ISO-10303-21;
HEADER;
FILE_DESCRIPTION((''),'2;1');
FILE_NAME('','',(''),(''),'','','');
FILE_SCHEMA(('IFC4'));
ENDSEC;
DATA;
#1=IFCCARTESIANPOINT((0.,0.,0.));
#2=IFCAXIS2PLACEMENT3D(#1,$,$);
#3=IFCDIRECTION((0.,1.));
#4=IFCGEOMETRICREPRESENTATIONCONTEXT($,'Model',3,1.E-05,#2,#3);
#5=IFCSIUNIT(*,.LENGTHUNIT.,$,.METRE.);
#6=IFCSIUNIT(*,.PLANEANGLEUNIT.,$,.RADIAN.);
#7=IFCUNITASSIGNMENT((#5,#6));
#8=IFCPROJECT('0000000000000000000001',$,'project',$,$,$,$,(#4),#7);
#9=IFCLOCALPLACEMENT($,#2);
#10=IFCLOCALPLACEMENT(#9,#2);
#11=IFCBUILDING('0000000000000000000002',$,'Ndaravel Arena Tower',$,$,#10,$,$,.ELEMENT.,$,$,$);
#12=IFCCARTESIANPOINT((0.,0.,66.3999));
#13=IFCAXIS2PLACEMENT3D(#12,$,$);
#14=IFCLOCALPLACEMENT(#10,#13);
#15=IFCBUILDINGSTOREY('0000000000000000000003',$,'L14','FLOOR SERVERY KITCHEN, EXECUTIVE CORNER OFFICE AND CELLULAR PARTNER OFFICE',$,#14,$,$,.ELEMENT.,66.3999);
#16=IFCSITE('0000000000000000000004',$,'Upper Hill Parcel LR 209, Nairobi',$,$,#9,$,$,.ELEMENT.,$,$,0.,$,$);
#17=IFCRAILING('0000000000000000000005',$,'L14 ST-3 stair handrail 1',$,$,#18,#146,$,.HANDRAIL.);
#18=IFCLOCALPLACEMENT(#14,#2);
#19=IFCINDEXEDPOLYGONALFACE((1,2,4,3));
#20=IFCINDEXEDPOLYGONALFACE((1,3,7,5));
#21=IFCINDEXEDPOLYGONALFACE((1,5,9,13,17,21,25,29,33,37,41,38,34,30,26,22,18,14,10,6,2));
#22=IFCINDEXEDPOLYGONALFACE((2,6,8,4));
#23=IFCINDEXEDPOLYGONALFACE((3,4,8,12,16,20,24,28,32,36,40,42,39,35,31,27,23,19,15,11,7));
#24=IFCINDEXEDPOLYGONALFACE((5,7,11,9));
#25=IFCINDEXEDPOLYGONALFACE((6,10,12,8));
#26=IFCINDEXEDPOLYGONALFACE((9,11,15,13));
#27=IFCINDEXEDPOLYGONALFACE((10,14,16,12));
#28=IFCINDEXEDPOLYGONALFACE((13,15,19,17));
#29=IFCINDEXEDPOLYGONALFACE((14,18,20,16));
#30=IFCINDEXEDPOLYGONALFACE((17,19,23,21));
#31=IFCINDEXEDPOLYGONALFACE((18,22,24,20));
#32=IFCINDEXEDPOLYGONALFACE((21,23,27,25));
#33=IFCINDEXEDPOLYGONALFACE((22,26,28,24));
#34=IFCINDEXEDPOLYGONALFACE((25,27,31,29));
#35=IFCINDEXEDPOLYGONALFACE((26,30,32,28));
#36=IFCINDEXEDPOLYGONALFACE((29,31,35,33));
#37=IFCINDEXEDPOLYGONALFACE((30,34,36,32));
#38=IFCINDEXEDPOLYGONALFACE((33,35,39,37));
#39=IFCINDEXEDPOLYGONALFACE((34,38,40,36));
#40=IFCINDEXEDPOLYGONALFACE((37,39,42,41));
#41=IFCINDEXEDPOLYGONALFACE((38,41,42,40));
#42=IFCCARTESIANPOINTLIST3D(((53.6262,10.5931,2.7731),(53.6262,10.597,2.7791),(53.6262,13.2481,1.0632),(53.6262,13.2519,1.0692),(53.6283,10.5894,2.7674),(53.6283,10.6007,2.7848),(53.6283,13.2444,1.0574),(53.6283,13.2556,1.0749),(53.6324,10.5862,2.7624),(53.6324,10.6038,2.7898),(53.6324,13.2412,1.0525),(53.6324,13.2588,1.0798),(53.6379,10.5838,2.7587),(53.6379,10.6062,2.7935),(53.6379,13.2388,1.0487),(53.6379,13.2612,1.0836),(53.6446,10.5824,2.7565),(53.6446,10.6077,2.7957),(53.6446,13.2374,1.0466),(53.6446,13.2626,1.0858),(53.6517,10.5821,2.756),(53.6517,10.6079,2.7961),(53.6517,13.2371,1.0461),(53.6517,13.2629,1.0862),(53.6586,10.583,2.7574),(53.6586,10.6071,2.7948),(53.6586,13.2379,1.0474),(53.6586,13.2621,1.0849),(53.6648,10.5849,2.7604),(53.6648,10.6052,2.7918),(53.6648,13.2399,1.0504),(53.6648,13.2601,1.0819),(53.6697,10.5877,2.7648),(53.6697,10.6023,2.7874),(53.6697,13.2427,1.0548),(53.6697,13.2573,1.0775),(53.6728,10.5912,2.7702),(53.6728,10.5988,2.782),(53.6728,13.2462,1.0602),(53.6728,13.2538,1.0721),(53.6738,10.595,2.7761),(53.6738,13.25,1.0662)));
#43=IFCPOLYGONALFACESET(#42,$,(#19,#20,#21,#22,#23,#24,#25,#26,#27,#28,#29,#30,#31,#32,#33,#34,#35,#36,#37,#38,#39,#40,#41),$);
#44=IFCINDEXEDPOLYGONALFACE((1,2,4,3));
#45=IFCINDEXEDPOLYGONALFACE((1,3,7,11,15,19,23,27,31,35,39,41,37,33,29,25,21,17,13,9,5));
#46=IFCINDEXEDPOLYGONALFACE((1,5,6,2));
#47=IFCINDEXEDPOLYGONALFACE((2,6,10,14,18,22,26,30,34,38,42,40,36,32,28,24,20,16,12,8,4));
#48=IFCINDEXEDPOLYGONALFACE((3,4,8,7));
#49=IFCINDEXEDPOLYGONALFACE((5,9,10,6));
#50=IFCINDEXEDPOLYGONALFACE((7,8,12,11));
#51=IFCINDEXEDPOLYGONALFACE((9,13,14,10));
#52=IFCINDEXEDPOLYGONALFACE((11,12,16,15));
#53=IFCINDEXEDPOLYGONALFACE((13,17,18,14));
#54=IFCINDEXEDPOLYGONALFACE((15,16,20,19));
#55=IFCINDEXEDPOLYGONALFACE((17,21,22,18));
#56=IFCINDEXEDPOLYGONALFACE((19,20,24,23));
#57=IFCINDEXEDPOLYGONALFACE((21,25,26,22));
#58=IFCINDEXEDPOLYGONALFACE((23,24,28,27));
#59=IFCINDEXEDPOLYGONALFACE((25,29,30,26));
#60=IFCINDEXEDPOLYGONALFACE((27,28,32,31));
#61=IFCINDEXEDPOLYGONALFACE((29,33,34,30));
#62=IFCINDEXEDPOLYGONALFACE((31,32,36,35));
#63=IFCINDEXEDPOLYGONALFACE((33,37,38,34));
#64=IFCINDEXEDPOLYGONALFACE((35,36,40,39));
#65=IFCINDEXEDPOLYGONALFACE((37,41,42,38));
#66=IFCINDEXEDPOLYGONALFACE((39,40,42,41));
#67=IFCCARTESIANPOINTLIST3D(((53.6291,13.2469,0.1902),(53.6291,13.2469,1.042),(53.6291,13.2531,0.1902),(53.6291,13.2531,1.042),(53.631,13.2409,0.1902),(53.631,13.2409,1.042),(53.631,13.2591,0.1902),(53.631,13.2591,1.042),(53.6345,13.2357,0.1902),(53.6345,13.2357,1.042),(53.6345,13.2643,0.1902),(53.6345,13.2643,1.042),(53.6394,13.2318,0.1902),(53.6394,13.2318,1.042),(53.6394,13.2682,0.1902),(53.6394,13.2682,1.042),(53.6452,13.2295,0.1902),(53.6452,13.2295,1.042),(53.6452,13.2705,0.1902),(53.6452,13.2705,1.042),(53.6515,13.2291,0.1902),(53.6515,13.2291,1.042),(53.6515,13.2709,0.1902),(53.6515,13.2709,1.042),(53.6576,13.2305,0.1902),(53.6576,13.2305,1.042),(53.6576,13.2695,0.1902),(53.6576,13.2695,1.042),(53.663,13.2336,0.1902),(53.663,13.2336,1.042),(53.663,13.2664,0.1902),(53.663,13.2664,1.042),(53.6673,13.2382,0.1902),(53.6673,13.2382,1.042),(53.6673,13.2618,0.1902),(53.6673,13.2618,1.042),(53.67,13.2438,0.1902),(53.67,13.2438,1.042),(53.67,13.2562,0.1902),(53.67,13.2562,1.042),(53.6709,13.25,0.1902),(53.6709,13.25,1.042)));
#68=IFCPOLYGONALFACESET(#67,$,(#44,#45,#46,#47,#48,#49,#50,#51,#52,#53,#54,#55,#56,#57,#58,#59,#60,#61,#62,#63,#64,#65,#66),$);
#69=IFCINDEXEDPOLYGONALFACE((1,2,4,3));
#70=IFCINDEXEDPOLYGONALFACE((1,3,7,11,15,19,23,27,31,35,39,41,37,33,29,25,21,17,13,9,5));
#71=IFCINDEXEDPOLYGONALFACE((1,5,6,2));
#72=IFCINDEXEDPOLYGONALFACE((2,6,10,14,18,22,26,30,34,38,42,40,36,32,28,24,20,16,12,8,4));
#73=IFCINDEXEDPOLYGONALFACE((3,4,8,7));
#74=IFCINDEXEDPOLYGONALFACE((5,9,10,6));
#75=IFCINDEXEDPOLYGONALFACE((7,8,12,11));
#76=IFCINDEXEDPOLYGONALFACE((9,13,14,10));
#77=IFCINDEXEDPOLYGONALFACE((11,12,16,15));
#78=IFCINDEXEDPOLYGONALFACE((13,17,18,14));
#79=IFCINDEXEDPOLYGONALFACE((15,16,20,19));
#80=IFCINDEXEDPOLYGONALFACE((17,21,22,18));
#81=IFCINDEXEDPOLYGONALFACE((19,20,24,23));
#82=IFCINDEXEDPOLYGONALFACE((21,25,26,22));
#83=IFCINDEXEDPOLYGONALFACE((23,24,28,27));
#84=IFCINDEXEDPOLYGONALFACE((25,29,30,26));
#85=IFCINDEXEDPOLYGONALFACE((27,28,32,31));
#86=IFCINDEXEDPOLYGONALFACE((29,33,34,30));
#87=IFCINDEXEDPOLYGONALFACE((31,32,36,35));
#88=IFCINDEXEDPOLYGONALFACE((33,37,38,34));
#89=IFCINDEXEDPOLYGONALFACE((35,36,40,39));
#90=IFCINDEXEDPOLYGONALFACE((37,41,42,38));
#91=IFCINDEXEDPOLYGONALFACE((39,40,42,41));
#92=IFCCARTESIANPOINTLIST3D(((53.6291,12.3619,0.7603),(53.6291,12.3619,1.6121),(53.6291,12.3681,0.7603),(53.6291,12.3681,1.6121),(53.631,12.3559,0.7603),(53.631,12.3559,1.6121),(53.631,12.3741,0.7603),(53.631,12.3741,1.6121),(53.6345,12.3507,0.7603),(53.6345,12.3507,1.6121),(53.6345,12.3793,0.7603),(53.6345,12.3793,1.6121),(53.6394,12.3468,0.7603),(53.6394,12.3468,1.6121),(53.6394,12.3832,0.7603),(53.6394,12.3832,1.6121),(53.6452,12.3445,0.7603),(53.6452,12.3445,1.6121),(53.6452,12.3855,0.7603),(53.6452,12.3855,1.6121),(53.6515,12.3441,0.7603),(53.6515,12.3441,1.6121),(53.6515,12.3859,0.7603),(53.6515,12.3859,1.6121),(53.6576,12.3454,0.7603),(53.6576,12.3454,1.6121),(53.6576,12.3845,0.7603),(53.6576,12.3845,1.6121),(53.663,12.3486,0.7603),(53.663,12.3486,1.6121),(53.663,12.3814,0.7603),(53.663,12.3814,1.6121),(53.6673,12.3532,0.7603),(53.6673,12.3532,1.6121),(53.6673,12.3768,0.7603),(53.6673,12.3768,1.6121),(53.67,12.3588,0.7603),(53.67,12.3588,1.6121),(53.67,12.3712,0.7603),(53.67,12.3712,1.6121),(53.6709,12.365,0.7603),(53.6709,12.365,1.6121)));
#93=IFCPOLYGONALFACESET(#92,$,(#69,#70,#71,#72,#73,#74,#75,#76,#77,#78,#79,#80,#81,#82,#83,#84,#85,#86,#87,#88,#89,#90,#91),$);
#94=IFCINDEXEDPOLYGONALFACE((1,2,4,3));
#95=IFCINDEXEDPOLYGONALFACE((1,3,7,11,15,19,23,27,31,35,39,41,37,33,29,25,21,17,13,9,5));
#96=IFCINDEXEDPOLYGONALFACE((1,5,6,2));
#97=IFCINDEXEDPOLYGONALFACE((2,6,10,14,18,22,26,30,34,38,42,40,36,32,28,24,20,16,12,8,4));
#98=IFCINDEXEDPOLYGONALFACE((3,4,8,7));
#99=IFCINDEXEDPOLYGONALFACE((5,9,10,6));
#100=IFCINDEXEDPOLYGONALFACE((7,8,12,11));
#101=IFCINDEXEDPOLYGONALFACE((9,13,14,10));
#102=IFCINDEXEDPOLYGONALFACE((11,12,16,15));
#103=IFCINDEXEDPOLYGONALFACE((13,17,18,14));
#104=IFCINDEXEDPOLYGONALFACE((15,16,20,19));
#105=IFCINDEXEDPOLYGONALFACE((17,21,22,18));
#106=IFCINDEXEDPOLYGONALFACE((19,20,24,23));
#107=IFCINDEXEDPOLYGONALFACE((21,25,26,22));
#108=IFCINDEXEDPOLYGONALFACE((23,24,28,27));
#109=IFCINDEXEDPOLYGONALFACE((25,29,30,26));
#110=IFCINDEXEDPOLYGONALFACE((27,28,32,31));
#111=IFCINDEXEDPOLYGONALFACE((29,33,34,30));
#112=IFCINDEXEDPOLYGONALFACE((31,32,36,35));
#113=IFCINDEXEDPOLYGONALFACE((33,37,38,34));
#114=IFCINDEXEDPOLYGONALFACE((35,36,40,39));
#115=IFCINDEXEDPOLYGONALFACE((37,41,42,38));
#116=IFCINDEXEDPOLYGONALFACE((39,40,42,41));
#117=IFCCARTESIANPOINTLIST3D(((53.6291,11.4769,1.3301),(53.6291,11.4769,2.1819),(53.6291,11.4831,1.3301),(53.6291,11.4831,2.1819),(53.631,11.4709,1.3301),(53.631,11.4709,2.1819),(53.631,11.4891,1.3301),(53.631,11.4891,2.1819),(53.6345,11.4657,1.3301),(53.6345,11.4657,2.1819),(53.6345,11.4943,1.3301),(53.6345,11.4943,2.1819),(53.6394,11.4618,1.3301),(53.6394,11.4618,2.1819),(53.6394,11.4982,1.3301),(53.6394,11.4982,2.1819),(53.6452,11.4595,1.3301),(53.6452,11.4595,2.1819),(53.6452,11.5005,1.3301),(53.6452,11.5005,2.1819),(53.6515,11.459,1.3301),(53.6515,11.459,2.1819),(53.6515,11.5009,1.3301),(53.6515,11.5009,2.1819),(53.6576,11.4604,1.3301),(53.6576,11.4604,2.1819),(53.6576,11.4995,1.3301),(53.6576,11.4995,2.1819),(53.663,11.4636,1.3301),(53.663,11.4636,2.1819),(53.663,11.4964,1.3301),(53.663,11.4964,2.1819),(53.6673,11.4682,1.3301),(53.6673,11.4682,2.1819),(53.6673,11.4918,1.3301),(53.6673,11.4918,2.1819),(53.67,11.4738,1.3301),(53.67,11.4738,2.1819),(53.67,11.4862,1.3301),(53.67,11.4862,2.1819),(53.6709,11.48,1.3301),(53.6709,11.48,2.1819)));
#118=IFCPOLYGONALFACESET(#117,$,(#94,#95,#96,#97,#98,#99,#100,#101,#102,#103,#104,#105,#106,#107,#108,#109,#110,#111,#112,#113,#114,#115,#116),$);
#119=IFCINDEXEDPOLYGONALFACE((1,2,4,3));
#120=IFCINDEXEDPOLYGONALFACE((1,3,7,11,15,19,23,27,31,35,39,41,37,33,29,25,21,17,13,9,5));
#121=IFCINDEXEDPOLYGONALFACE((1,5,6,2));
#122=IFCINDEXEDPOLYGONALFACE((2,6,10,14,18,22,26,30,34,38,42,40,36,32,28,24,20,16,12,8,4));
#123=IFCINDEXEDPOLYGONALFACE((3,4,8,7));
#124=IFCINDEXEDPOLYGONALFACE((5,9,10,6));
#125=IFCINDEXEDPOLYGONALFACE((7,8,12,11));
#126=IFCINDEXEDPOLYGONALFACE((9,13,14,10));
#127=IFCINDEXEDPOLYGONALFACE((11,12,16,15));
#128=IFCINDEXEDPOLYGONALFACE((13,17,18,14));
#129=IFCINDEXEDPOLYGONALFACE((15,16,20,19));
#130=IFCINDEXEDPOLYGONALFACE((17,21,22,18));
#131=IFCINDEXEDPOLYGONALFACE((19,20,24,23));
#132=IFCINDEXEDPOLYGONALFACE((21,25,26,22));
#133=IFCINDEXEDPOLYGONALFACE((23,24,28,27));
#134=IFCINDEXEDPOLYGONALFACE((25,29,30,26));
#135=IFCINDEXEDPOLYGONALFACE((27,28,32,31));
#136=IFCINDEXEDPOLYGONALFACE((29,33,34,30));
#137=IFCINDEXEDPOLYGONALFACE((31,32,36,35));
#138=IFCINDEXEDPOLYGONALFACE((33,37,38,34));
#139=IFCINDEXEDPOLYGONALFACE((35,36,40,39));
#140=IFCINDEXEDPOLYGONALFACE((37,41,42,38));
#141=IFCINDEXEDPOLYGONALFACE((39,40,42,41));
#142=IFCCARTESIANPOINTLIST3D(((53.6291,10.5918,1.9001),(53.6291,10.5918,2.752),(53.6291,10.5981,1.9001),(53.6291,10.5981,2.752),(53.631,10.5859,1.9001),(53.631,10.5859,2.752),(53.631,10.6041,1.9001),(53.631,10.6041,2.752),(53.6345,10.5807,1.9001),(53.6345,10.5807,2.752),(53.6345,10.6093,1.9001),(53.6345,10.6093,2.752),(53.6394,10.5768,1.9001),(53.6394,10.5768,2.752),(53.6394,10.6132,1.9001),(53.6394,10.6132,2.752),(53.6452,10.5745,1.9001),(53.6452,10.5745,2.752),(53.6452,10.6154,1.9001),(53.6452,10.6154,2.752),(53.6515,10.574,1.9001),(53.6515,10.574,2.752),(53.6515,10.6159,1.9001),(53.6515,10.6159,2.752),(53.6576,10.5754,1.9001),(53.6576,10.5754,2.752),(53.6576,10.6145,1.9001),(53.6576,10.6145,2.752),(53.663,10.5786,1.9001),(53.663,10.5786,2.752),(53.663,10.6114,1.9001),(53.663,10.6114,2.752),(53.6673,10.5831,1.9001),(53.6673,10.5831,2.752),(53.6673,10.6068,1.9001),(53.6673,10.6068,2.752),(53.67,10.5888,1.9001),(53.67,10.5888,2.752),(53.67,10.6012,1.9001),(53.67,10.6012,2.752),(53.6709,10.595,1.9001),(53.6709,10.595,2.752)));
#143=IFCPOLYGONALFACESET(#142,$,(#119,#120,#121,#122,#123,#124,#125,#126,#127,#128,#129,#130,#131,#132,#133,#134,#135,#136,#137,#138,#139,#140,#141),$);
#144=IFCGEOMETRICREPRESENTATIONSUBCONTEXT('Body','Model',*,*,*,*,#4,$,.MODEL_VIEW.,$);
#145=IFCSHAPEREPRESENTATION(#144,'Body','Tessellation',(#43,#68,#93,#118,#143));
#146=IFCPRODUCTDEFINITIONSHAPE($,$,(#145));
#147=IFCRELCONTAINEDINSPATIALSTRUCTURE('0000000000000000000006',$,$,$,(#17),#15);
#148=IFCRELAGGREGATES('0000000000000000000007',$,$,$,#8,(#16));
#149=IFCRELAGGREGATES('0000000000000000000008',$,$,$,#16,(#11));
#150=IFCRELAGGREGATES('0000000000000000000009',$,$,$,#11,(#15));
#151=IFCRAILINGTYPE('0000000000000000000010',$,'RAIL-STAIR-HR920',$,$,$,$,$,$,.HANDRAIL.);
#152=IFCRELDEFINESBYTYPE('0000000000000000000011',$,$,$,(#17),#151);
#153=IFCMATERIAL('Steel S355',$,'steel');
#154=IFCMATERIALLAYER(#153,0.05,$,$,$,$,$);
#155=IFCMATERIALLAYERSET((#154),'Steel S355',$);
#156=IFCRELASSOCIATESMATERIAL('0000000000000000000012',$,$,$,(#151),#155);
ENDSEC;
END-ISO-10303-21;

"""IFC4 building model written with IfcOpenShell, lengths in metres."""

from ifc_helpers import new_model, si_unit, direction, frame, origin, origin_2d, place, context, subcontext, project, spatial, circle, extrude, material, layer, layer_set, type_object, element, save


model = new_model("IFC4")

# Units and contexts
model_context = context("Model", 3, precision=1e-05, world=origin(), true_north=direction((0.0, 1.0)))
body_context = subcontext(model_context, "Body", "Model", "MODEL_VIEW")
ifc_project = project(units=[si_unit("LENGTHUNIT", "METRE"), si_unit("PLANEANGLEUNIT", "RADIAN")], contexts=[model_context])

# Site, building, storey
site_placement = place(None, origin())
site = spatial("IfcSite", under=ifc_project, at=site_placement, Name="Upper Hill Parcel LR 209, Nairobi", CompositionType="ELEMENT", RefElevation=0.0)
building_placement = place(site_placement, origin())
building = spatial("IfcBuilding", under=site, at=building_placement, Name="Ndaravel Arena Tower", CompositionType="ELEMENT")
storey_placement = place(building_placement, frame((0.0, 0.0, 66.3999)))
storey = spatial("IfcBuildingStorey", under=building, at=storey_placement, Name="L14", Description="FLOOR SERVERY KITCHEN, EXECUTIVE CORNER OFFICE AND CELLULAR PARTNER OFFICE", CompositionType="ELEMENT", Elevation=66.3999)

# Railing
ifc_material_1 = material(Name="Steel S355", Category="steel")
ifc_layer_1 = layer(ifc_material_1, 0.05)
ifc_layer_set_1 = layer_set([ifc_layer_1], Name="Steel S355")
railing_type_1 = type_object("IfcRailingType", Name="RAIL-STAIR-HR920", PredefinedType="HANDRAIL", material=ifc_layer_set_1)
railing_1_placement = place(storey_placement, frame((53.6499, 13.25, 0.1902)))
element("IfcRailing", 1, at=railing_1_placement, inside=storey, type_object=railing_type_1, Name="L14 ST-3 stair handrail 1", PredefinedType="HANDRAIL", context=body_context, shape_type="SweptSolid", body=[
    extrude(circle(Radius=0.0239, at=origin_2d()), frame((0.0, 0.0, 0.876), z_axis=(0.0, -0.840724, 0.541465), x_axis=(1.0, 0.0, 0.0)), (0.0, 0.0, 1.0), 3.158),
    extrude(circle(Radius=0.021, at=origin_2d()), origin(), (0.0, 0.0, 1.0), 0.8518),
    extrude(circle(Radius=0.021, at=origin_2d()), frame((0.0, -0.885, 0.5701)), (0.0, 0.0, 1.0), 0.8518),
    extrude(circle(Radius=0.021, at=origin_2d()), frame((0.0, -1.77, 1.1399)), (0.0, 0.0, 1.0), 0.8518),
    extrude(circle(Radius=0.021, at=origin_2d()), frame((0.0, -2.655, 1.71)), (0.0, 0.0, 1.0), 0.8518),
])

save(model, "model.ifc")
